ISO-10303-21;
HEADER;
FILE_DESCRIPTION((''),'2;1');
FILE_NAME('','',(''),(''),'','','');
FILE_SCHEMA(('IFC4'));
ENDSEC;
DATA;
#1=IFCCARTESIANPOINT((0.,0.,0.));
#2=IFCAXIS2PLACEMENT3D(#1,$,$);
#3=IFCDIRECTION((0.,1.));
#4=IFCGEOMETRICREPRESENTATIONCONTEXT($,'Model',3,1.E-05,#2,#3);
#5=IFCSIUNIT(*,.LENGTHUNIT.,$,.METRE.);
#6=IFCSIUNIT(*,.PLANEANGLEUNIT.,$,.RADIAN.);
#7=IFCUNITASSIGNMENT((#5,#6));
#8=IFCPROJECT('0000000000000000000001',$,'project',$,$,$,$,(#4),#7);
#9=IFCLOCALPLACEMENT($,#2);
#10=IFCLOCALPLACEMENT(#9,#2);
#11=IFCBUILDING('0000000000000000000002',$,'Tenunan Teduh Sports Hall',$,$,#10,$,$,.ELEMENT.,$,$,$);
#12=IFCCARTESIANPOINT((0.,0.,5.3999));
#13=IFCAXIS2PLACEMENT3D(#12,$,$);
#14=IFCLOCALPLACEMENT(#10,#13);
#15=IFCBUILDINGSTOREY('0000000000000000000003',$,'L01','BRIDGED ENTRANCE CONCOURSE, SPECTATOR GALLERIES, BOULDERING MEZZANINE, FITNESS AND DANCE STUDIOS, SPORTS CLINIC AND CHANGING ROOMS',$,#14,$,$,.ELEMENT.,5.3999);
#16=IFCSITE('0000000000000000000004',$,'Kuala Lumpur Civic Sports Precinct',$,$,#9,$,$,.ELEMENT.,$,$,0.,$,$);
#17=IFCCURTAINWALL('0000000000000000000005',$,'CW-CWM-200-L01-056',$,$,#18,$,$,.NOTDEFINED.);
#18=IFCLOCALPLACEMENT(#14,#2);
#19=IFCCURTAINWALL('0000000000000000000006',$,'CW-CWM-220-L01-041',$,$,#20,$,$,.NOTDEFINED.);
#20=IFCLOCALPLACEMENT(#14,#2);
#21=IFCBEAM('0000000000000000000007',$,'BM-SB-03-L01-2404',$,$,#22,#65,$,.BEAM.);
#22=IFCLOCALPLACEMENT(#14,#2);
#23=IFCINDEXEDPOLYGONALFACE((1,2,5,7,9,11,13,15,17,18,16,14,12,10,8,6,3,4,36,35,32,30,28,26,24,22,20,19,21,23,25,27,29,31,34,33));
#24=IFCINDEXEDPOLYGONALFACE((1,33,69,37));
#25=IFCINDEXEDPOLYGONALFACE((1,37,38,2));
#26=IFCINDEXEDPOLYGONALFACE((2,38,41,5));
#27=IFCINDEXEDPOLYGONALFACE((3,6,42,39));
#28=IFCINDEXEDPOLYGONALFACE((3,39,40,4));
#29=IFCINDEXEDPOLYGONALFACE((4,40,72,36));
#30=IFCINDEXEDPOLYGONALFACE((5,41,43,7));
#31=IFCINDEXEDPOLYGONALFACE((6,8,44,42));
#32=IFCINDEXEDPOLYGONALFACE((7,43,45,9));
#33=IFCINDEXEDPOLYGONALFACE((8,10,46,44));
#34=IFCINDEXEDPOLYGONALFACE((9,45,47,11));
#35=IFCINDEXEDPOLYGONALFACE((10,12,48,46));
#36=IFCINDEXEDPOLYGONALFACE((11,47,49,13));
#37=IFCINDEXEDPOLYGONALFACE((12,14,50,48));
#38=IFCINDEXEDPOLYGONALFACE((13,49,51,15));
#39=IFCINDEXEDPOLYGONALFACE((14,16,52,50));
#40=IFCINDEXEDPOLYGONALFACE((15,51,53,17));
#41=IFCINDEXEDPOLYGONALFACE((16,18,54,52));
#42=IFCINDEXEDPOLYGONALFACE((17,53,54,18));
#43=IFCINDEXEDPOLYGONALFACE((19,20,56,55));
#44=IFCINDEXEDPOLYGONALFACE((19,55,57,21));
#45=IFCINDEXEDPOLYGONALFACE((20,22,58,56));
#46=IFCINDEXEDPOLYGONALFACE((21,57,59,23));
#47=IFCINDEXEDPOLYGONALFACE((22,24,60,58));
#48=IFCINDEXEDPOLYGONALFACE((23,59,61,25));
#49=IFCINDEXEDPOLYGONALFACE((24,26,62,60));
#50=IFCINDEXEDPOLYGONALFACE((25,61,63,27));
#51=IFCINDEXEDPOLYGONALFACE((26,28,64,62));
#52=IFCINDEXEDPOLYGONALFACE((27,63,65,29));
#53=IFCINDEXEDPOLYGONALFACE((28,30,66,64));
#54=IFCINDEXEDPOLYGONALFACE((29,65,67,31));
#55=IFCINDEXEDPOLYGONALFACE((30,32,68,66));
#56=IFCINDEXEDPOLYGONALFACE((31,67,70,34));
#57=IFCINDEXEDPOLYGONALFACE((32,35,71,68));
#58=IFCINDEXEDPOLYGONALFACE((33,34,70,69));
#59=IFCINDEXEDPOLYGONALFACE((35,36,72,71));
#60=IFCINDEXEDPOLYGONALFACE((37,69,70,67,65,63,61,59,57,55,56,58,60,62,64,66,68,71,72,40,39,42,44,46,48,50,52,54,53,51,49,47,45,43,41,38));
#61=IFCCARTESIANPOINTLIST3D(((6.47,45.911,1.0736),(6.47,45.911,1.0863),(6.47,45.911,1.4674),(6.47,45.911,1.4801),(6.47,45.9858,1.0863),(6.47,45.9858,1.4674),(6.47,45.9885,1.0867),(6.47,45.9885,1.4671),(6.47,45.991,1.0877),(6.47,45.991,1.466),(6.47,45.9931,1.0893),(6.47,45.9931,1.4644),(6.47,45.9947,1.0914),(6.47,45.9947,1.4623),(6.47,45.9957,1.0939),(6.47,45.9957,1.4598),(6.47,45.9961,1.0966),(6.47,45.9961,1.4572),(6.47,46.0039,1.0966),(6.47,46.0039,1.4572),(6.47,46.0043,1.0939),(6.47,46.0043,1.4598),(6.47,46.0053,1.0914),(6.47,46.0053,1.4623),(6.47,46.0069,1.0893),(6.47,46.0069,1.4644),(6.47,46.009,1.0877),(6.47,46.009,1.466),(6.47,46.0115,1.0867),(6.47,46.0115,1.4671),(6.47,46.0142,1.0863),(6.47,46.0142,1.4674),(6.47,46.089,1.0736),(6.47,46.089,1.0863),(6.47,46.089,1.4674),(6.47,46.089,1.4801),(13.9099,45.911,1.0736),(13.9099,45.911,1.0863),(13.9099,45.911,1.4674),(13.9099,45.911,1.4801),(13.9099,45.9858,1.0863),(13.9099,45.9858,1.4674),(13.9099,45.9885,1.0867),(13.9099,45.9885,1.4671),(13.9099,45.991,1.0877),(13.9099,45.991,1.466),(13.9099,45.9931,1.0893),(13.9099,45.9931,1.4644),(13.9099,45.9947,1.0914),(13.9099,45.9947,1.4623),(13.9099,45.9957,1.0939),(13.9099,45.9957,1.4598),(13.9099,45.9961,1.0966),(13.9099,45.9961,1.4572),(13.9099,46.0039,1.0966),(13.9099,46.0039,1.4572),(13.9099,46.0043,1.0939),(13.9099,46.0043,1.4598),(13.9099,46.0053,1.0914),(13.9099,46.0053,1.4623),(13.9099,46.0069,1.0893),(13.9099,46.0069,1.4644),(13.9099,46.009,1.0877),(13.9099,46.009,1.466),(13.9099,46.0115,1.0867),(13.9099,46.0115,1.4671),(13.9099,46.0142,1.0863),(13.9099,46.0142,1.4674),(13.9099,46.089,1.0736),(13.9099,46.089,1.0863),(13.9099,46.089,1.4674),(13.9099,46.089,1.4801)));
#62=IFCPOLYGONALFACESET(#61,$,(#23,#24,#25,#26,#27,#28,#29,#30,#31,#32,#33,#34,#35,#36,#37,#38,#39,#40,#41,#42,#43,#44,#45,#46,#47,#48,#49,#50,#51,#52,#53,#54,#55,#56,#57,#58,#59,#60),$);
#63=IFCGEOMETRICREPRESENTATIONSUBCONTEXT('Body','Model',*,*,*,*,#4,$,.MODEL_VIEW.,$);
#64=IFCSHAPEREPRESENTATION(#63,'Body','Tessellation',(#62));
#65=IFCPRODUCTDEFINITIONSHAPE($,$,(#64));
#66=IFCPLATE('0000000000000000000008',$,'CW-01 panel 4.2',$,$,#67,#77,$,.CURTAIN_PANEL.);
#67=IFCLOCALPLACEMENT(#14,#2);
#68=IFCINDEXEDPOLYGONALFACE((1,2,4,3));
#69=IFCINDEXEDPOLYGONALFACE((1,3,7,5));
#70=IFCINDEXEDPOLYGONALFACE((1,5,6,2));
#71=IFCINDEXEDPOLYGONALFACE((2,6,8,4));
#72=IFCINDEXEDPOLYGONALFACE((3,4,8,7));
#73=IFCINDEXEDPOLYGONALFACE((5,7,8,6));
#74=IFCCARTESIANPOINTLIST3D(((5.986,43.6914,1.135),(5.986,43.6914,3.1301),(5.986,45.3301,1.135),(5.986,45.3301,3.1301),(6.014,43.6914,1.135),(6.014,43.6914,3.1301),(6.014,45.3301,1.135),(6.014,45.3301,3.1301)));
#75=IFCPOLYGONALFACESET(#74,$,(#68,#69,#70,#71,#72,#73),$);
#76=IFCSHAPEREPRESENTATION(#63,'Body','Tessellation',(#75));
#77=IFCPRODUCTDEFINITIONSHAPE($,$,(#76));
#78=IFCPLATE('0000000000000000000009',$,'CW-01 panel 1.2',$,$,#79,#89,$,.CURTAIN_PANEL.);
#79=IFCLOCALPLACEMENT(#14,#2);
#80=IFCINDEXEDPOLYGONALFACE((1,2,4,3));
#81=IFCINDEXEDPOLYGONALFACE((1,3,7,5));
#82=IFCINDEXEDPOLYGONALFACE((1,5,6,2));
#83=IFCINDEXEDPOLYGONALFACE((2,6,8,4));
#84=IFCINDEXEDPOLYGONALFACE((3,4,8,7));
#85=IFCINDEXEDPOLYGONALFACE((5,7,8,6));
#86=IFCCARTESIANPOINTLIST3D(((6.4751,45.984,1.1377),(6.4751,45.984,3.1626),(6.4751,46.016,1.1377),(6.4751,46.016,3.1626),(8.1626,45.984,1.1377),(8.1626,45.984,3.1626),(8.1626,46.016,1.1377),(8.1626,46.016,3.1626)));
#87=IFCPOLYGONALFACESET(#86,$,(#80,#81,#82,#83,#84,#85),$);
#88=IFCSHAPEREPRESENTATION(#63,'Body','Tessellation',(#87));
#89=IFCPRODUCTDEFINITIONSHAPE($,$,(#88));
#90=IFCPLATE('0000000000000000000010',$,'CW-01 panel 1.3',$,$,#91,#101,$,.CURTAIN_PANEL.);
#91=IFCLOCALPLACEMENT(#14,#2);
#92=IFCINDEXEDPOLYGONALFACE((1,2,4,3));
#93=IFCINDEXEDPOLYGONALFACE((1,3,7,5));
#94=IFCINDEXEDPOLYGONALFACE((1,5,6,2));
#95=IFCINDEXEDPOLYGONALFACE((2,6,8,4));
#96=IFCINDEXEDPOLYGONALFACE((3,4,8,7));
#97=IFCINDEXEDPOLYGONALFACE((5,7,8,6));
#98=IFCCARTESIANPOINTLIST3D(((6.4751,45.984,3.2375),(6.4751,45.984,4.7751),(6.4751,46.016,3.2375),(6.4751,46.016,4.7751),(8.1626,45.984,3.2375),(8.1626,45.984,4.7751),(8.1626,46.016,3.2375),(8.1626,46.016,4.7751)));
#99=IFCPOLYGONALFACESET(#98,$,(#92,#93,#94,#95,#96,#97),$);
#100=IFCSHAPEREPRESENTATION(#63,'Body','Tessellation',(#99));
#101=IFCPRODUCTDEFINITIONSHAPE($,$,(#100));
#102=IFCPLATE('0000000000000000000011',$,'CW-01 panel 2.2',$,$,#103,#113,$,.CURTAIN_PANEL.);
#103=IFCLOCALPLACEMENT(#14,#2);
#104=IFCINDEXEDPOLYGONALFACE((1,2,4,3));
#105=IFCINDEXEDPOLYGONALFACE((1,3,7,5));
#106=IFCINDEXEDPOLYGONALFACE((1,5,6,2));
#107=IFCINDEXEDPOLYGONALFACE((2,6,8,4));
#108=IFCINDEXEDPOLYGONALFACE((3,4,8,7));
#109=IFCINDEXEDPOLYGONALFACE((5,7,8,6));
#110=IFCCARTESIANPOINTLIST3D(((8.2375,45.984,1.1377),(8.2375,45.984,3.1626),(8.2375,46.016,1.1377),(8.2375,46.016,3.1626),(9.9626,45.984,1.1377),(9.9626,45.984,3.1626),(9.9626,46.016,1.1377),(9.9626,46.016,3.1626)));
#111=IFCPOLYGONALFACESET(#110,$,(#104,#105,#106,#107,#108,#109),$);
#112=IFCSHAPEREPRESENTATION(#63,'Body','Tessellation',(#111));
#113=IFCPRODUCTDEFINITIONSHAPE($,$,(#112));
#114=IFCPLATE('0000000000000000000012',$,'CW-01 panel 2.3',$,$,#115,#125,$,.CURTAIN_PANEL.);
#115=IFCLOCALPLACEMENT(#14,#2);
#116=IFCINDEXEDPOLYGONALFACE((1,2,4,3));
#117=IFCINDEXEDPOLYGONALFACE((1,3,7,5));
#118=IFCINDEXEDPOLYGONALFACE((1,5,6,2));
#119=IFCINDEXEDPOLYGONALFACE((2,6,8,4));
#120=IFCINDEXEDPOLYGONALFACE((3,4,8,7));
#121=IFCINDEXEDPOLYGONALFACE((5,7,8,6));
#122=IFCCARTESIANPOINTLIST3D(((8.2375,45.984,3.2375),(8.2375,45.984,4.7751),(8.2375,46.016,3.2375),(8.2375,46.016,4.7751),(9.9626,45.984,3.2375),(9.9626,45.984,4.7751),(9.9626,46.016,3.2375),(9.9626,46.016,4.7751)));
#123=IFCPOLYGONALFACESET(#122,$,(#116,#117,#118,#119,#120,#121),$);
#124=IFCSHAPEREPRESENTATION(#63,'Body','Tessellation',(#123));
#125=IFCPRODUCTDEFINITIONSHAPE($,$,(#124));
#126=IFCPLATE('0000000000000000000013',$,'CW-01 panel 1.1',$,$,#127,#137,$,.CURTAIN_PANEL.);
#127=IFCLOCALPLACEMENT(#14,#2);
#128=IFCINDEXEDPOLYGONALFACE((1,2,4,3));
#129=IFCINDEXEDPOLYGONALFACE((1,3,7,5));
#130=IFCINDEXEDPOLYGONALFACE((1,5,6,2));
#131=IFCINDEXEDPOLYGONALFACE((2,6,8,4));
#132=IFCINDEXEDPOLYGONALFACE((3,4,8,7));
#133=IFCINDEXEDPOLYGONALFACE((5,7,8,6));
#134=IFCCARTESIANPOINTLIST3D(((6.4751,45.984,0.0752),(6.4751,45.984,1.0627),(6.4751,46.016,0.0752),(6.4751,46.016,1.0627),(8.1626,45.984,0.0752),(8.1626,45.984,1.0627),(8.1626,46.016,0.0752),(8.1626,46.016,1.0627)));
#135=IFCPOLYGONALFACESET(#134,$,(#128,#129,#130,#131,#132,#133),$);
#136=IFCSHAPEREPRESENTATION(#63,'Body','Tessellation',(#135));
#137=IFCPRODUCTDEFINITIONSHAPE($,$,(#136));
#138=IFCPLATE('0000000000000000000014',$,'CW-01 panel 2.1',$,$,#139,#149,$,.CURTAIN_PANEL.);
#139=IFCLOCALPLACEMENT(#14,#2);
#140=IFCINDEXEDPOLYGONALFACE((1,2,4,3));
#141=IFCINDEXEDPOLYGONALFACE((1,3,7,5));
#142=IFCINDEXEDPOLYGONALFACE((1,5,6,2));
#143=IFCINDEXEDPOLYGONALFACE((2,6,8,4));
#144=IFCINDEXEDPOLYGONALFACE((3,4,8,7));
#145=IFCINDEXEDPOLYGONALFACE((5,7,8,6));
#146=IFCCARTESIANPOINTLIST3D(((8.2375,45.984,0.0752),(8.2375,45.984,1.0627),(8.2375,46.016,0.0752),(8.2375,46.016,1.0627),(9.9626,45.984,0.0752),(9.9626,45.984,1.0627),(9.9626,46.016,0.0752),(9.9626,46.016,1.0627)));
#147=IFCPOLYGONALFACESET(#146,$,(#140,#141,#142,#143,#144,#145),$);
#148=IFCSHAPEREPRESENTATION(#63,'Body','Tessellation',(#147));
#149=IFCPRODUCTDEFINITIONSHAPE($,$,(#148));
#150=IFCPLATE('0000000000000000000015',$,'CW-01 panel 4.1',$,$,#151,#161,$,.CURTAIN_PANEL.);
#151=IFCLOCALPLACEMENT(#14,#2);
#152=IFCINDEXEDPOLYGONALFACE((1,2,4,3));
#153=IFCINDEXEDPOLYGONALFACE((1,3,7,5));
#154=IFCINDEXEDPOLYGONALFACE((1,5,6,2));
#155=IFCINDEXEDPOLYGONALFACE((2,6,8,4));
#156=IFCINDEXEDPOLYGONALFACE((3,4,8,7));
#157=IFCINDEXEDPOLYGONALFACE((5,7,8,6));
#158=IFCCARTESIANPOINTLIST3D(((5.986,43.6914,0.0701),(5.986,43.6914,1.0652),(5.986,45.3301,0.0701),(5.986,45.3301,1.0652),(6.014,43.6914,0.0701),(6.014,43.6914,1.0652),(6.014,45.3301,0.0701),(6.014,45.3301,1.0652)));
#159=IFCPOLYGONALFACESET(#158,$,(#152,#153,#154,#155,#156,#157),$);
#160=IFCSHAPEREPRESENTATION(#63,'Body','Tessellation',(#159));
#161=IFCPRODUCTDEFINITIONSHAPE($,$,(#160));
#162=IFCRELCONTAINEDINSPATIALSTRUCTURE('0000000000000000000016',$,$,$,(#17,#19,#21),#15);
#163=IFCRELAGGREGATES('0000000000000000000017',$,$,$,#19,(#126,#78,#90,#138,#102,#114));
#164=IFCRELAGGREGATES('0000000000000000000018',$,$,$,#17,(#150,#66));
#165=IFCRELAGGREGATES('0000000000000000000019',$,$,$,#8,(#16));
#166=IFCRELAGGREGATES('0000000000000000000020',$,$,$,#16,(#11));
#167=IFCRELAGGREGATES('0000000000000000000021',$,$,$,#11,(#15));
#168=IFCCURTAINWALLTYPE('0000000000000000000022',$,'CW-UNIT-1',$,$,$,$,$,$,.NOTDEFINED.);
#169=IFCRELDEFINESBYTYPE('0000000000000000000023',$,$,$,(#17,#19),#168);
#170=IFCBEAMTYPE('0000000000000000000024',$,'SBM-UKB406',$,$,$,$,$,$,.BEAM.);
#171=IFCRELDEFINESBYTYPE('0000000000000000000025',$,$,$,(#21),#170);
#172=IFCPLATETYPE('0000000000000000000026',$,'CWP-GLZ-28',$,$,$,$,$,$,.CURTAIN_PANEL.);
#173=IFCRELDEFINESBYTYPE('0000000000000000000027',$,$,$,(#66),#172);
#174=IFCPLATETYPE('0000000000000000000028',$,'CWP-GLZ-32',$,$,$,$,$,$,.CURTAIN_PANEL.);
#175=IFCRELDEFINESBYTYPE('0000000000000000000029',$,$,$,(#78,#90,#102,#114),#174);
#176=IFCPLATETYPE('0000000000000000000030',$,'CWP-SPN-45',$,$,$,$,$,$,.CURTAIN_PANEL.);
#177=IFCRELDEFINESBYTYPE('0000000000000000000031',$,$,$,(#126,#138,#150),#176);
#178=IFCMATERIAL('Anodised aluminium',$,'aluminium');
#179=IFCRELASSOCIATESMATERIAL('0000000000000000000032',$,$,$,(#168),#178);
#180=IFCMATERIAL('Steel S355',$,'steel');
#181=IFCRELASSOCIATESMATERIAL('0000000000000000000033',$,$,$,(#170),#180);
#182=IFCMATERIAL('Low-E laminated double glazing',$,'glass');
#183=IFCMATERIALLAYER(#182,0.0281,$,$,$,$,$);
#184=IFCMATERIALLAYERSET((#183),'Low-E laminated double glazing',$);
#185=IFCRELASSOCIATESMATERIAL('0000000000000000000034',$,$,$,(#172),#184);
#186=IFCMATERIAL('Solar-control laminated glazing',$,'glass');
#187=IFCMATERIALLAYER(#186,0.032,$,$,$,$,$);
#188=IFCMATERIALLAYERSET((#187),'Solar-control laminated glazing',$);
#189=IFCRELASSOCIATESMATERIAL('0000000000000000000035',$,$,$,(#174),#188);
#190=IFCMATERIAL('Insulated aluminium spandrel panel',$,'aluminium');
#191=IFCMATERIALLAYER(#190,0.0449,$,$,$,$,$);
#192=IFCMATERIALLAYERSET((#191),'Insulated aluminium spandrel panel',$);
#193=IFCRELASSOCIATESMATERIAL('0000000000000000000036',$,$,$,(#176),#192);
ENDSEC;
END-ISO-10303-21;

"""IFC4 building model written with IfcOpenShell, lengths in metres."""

from ifc_helpers import new_model, si_unit, direction, frame, origin, origin_2d, place, context, subcontext, project, spatial, rectangle, i_section, extrude, material, layer, layer_set, material_profile, profile_set, type_object, element, aggregate, save


model = new_model("IFC4")

# Units and contexts
model_context = context("Model", 3, precision=1e-05, world=origin(), true_north=direction((0.0, 1.0)))
body_context = subcontext(model_context, "Body", "Model", "MODEL_VIEW")
ifc_project = project(units=[si_unit("LENGTHUNIT", "METRE"), si_unit("PLANEANGLEUNIT", "RADIAN")], contexts=[model_context])

# Site, building, storey
site_placement = place(None, origin())
site = spatial("IfcSite", under=ifc_project, at=site_placement, Name="Kuala Lumpur Civic Sports Precinct", CompositionType="ELEMENT", RefElevation=0.0)
building_placement = place(site_placement, origin())
building = spatial("IfcBuilding", under=site, at=building_placement, Name="Tenunan Teduh Sports Hall", CompositionType="ELEMENT")
storey_placement = place(building_placement, frame((0.0, 0.0, 5.3999)))
storey = spatial("IfcBuildingStorey", under=building, at=storey_placement, Name="L01", Description="BRIDGED ENTRANCE CONCOURSE, SPECTATOR GALLERIES, BOULDERING MEZZANINE, FITNESS AND DANCE STUDIOS, SPORTS CLINIC AND CHANGING ROOMS", CompositionType="ELEMENT", Elevation=5.3999)

# Curtain walls
ifc_material_1 = material(Name="Anodised aluminium", Category="aluminium")
curtain_wall_type = type_object("IfcCurtainWallType", Name="CW-UNIT-1", PredefinedType="NOTDEFINED", material=ifc_material_1)
curtain_wall_1_placement = place(storey_placement, origin())
curtain_wall_1 = element("IfcCurtainWall", 1, at=curtain_wall_1_placement, inside=storey, type_object=curtain_wall_type, Name="CW-CWM-200-L01-056", PredefinedType="NOTDEFINED")
curtain_wall_2_placement = place(storey_placement, origin())
curtain_wall_2 = element("IfcCurtainWall", 2, at=curtain_wall_2_placement, inside=storey, type_object=curtain_wall_type, Name="CW-CWM-220-L01-041", PredefinedType="NOTDEFINED")

# Beam
ifc_material_2 = material(Name="Steel S355", Category="steel")
ifc_material_profile_1 = material_profile(ifc_material_2, i_section(OverallWidth=0.178, OverallDepth=0.4065, WebThickness=0.0078, FlangeThickness=0.0127, FilletRadius=0.0103, at=origin_2d()), Name="UKB 406x178x60")
ifc_profile_set_1 = profile_set([ifc_material_profile_1], Name="Steel S355")
beam_type_1 = type_object("IfcBeamType", Name="SBM-UKB406", PredefinedType="BEAM", material=ifc_profile_set_1)
beam_1_placement = place(storey_placement, frame((6.47, 46.0, 1.2769), z_axis=(1.0, 0.0, 0.0), x_axis=(0.0, 1.0, 0.0)))
element("IfcBeam", 3, at=beam_1_placement, inside=storey, type_object=beam_type_1, Name="BM-SB-03-L01-2404", PredefinedType="BEAM", context=body_context, shape_type="SweptSolid", body=[
    extrude(i_section(OverallWidth=0.178, OverallDepth=0.4065, WebThickness=0.0078, FlangeThickness=0.0127, FilletRadius=0.0103, at=origin_2d()), origin(), (0.0, 0.0, 1.0), 7.4399),
])

# Plates
ifc_material_3 = material(Name="Low-E laminated double glazing", Category="glass")
ifc_layer_1 = layer(ifc_material_3, 0.0281)
ifc_layer_set_1 = layer_set([ifc_layer_1], Name="Low-E laminated double glazing")
plate_type_1 = type_object("IfcPlateType", Name="CWP-GLZ-28", PredefinedType="CURTAIN_PANEL", material=ifc_layer_set_1)
plate_1_placement = place(storey_placement, frame((6.0, 44.5107, 1.135), z_axis=(0.0, 0.0, 1.0), x_axis=(0.0, 1.0, 0.0)))
plate_1 = element("IfcPlate", 4, at=plate_1_placement, type_object=plate_type_1, Name="CW-01 panel 4.2", PredefinedType="CURTAIN_PANEL", context=body_context, shape_type="SweptSolid", body=[
    extrude(rectangle(XDim=1.6387, YDim=0.0281, at=origin_2d()), origin(), (0.0, 0.0, 1.0), 1.9951),
])
ifc_material_4 = material(Name="Solar-control laminated glazing", Category="glass")
ifc_layer_2 = layer(ifc_material_4, 0.032)
ifc_layer_set_2 = layer_set([ifc_layer_2], Name="Solar-control laminated glazing")
plate_type_2 = type_object("IfcPlateType", Name="CWP-GLZ-32", PredefinedType="CURTAIN_PANEL", material=ifc_layer_set_2)
plate_2_placement = place(storey_placement, frame((7.3188, 46.0, 1.1377), z_axis=(0.0, 0.0, 1.0), x_axis=(1.0, 0.0, 0.0)))
plate_2 = element("IfcPlate", 5, at=plate_2_placement, type_object=plate_type_2, Name="CW-01 panel 1.2", PredefinedType="CURTAIN_PANEL", context=body_context, shape_type="SweptSolid", body=[
    extrude(rectangle(XDim=1.6875, YDim=0.032, at=origin_2d()), origin(), (0.0, 0.0, 1.0), 2.0249),
])
plate_3_placement = place(storey_placement, frame((7.3188, 46.0, 3.2375), z_axis=(0.0, 0.0, 1.0), x_axis=(1.0, 0.0, 0.0)))
plate_3 = element("IfcPlate", 6, at=plate_3_placement, type_object=plate_type_2, Name="CW-01 panel 1.3", PredefinedType="CURTAIN_PANEL", context=body_context, shape_type="SweptSolid", body=[
    extrude(rectangle(XDim=1.6875, YDim=0.032, at=origin_2d()), origin(), (0.0, 0.0, 1.0), 1.5376),
])
plate_4_placement = place(storey_placement, frame((9.1001, 46.0, 1.1377), z_axis=(0.0, 0.0, 1.0), x_axis=(1.0, 0.0, 0.0)))
plate_4 = element("IfcPlate", 7, at=plate_4_placement, type_object=plate_type_2, Name="CW-01 panel 2.2", PredefinedType="CURTAIN_PANEL", context=body_context, shape_type="SweptSolid", body=[
    extrude(rectangle(XDim=1.7251, YDim=0.032, at=origin_2d()), origin(), (0.0, 0.0, 1.0), 2.0249),
])
plate_5_placement = place(storey_placement, frame((9.1001, 46.0, 3.2375), z_axis=(0.0, 0.0, 1.0), x_axis=(1.0, 0.0, 0.0)))
plate_5 = element("IfcPlate", 8, at=plate_5_placement, type_object=plate_type_2, Name="CW-01 panel 2.3", PredefinedType="CURTAIN_PANEL", context=body_context, shape_type="SweptSolid", body=[
    extrude(rectangle(XDim=1.7251, YDim=0.032, at=origin_2d()), origin(), (0.0, 0.0, 1.0), 1.5376),
])
ifc_material_5 = material(Name="Insulated aluminium spandrel panel", Category="aluminium")
ifc_layer_3 = layer(ifc_material_5, 0.0449)
ifc_layer_set_3 = layer_set([ifc_layer_3], Name="Insulated aluminium spandrel panel")
plate_type_3 = type_object("IfcPlateType", Name="CWP-SPN-45", PredefinedType="CURTAIN_PANEL", material=ifc_layer_set_3)
plate_6_placement = place(storey_placement, frame((7.3188, 46.0, 0.0752), z_axis=(0.0, 0.0, 1.0), x_axis=(1.0, 0.0, 0.0)))
plate_6 = element("IfcPlate", 9, at=plate_6_placement, type_object=plate_type_3, Name="CW-01 panel 1.1", PredefinedType="CURTAIN_PANEL", context=body_context, shape_type="SweptSolid", body=[
    extrude(rectangle(XDim=1.6875, YDim=0.032, at=origin_2d()), origin(), (0.0, 0.0, 1.0), 0.9875),
])
plate_7_placement = place(storey_placement, frame((9.1001, 46.0, 0.0752), z_axis=(0.0, 0.0, 1.0), x_axis=(1.0, 0.0, 0.0)))
plate_7 = element("IfcPlate", 10, at=plate_7_placement, type_object=plate_type_3, Name="CW-01 panel 2.1", PredefinedType="CURTAIN_PANEL", context=body_context, shape_type="SweptSolid", body=[
    extrude(rectangle(XDim=1.7251, YDim=0.032, at=origin_2d()), origin(), (0.0, 0.0, 1.0), 0.9875),
])
aggregate(curtain_wall_2, [plate_6, plate_2, plate_3, plate_7, plate_4, plate_5])
plate_8_placement = place(storey_placement, frame((6.0, 44.5107, 0.0701), z_axis=(0.0, 0.0, 1.0), x_axis=(0.0, 1.0, 0.0)))
plate_8 = element("IfcPlate", 11, at=plate_8_placement, type_object=plate_type_3, Name="CW-01 panel 4.1", PredefinedType="CURTAIN_PANEL", context=body_context, shape_type="SweptSolid", body=[
    extrude(rectangle(XDim=1.6387, YDim=0.0281, at=origin_2d()), origin(), (0.0, 0.0, 1.0), 0.9951),
])
aggregate(curtain_wall_1, [plate_8, plate_1])

save(model, "model.ifc")
